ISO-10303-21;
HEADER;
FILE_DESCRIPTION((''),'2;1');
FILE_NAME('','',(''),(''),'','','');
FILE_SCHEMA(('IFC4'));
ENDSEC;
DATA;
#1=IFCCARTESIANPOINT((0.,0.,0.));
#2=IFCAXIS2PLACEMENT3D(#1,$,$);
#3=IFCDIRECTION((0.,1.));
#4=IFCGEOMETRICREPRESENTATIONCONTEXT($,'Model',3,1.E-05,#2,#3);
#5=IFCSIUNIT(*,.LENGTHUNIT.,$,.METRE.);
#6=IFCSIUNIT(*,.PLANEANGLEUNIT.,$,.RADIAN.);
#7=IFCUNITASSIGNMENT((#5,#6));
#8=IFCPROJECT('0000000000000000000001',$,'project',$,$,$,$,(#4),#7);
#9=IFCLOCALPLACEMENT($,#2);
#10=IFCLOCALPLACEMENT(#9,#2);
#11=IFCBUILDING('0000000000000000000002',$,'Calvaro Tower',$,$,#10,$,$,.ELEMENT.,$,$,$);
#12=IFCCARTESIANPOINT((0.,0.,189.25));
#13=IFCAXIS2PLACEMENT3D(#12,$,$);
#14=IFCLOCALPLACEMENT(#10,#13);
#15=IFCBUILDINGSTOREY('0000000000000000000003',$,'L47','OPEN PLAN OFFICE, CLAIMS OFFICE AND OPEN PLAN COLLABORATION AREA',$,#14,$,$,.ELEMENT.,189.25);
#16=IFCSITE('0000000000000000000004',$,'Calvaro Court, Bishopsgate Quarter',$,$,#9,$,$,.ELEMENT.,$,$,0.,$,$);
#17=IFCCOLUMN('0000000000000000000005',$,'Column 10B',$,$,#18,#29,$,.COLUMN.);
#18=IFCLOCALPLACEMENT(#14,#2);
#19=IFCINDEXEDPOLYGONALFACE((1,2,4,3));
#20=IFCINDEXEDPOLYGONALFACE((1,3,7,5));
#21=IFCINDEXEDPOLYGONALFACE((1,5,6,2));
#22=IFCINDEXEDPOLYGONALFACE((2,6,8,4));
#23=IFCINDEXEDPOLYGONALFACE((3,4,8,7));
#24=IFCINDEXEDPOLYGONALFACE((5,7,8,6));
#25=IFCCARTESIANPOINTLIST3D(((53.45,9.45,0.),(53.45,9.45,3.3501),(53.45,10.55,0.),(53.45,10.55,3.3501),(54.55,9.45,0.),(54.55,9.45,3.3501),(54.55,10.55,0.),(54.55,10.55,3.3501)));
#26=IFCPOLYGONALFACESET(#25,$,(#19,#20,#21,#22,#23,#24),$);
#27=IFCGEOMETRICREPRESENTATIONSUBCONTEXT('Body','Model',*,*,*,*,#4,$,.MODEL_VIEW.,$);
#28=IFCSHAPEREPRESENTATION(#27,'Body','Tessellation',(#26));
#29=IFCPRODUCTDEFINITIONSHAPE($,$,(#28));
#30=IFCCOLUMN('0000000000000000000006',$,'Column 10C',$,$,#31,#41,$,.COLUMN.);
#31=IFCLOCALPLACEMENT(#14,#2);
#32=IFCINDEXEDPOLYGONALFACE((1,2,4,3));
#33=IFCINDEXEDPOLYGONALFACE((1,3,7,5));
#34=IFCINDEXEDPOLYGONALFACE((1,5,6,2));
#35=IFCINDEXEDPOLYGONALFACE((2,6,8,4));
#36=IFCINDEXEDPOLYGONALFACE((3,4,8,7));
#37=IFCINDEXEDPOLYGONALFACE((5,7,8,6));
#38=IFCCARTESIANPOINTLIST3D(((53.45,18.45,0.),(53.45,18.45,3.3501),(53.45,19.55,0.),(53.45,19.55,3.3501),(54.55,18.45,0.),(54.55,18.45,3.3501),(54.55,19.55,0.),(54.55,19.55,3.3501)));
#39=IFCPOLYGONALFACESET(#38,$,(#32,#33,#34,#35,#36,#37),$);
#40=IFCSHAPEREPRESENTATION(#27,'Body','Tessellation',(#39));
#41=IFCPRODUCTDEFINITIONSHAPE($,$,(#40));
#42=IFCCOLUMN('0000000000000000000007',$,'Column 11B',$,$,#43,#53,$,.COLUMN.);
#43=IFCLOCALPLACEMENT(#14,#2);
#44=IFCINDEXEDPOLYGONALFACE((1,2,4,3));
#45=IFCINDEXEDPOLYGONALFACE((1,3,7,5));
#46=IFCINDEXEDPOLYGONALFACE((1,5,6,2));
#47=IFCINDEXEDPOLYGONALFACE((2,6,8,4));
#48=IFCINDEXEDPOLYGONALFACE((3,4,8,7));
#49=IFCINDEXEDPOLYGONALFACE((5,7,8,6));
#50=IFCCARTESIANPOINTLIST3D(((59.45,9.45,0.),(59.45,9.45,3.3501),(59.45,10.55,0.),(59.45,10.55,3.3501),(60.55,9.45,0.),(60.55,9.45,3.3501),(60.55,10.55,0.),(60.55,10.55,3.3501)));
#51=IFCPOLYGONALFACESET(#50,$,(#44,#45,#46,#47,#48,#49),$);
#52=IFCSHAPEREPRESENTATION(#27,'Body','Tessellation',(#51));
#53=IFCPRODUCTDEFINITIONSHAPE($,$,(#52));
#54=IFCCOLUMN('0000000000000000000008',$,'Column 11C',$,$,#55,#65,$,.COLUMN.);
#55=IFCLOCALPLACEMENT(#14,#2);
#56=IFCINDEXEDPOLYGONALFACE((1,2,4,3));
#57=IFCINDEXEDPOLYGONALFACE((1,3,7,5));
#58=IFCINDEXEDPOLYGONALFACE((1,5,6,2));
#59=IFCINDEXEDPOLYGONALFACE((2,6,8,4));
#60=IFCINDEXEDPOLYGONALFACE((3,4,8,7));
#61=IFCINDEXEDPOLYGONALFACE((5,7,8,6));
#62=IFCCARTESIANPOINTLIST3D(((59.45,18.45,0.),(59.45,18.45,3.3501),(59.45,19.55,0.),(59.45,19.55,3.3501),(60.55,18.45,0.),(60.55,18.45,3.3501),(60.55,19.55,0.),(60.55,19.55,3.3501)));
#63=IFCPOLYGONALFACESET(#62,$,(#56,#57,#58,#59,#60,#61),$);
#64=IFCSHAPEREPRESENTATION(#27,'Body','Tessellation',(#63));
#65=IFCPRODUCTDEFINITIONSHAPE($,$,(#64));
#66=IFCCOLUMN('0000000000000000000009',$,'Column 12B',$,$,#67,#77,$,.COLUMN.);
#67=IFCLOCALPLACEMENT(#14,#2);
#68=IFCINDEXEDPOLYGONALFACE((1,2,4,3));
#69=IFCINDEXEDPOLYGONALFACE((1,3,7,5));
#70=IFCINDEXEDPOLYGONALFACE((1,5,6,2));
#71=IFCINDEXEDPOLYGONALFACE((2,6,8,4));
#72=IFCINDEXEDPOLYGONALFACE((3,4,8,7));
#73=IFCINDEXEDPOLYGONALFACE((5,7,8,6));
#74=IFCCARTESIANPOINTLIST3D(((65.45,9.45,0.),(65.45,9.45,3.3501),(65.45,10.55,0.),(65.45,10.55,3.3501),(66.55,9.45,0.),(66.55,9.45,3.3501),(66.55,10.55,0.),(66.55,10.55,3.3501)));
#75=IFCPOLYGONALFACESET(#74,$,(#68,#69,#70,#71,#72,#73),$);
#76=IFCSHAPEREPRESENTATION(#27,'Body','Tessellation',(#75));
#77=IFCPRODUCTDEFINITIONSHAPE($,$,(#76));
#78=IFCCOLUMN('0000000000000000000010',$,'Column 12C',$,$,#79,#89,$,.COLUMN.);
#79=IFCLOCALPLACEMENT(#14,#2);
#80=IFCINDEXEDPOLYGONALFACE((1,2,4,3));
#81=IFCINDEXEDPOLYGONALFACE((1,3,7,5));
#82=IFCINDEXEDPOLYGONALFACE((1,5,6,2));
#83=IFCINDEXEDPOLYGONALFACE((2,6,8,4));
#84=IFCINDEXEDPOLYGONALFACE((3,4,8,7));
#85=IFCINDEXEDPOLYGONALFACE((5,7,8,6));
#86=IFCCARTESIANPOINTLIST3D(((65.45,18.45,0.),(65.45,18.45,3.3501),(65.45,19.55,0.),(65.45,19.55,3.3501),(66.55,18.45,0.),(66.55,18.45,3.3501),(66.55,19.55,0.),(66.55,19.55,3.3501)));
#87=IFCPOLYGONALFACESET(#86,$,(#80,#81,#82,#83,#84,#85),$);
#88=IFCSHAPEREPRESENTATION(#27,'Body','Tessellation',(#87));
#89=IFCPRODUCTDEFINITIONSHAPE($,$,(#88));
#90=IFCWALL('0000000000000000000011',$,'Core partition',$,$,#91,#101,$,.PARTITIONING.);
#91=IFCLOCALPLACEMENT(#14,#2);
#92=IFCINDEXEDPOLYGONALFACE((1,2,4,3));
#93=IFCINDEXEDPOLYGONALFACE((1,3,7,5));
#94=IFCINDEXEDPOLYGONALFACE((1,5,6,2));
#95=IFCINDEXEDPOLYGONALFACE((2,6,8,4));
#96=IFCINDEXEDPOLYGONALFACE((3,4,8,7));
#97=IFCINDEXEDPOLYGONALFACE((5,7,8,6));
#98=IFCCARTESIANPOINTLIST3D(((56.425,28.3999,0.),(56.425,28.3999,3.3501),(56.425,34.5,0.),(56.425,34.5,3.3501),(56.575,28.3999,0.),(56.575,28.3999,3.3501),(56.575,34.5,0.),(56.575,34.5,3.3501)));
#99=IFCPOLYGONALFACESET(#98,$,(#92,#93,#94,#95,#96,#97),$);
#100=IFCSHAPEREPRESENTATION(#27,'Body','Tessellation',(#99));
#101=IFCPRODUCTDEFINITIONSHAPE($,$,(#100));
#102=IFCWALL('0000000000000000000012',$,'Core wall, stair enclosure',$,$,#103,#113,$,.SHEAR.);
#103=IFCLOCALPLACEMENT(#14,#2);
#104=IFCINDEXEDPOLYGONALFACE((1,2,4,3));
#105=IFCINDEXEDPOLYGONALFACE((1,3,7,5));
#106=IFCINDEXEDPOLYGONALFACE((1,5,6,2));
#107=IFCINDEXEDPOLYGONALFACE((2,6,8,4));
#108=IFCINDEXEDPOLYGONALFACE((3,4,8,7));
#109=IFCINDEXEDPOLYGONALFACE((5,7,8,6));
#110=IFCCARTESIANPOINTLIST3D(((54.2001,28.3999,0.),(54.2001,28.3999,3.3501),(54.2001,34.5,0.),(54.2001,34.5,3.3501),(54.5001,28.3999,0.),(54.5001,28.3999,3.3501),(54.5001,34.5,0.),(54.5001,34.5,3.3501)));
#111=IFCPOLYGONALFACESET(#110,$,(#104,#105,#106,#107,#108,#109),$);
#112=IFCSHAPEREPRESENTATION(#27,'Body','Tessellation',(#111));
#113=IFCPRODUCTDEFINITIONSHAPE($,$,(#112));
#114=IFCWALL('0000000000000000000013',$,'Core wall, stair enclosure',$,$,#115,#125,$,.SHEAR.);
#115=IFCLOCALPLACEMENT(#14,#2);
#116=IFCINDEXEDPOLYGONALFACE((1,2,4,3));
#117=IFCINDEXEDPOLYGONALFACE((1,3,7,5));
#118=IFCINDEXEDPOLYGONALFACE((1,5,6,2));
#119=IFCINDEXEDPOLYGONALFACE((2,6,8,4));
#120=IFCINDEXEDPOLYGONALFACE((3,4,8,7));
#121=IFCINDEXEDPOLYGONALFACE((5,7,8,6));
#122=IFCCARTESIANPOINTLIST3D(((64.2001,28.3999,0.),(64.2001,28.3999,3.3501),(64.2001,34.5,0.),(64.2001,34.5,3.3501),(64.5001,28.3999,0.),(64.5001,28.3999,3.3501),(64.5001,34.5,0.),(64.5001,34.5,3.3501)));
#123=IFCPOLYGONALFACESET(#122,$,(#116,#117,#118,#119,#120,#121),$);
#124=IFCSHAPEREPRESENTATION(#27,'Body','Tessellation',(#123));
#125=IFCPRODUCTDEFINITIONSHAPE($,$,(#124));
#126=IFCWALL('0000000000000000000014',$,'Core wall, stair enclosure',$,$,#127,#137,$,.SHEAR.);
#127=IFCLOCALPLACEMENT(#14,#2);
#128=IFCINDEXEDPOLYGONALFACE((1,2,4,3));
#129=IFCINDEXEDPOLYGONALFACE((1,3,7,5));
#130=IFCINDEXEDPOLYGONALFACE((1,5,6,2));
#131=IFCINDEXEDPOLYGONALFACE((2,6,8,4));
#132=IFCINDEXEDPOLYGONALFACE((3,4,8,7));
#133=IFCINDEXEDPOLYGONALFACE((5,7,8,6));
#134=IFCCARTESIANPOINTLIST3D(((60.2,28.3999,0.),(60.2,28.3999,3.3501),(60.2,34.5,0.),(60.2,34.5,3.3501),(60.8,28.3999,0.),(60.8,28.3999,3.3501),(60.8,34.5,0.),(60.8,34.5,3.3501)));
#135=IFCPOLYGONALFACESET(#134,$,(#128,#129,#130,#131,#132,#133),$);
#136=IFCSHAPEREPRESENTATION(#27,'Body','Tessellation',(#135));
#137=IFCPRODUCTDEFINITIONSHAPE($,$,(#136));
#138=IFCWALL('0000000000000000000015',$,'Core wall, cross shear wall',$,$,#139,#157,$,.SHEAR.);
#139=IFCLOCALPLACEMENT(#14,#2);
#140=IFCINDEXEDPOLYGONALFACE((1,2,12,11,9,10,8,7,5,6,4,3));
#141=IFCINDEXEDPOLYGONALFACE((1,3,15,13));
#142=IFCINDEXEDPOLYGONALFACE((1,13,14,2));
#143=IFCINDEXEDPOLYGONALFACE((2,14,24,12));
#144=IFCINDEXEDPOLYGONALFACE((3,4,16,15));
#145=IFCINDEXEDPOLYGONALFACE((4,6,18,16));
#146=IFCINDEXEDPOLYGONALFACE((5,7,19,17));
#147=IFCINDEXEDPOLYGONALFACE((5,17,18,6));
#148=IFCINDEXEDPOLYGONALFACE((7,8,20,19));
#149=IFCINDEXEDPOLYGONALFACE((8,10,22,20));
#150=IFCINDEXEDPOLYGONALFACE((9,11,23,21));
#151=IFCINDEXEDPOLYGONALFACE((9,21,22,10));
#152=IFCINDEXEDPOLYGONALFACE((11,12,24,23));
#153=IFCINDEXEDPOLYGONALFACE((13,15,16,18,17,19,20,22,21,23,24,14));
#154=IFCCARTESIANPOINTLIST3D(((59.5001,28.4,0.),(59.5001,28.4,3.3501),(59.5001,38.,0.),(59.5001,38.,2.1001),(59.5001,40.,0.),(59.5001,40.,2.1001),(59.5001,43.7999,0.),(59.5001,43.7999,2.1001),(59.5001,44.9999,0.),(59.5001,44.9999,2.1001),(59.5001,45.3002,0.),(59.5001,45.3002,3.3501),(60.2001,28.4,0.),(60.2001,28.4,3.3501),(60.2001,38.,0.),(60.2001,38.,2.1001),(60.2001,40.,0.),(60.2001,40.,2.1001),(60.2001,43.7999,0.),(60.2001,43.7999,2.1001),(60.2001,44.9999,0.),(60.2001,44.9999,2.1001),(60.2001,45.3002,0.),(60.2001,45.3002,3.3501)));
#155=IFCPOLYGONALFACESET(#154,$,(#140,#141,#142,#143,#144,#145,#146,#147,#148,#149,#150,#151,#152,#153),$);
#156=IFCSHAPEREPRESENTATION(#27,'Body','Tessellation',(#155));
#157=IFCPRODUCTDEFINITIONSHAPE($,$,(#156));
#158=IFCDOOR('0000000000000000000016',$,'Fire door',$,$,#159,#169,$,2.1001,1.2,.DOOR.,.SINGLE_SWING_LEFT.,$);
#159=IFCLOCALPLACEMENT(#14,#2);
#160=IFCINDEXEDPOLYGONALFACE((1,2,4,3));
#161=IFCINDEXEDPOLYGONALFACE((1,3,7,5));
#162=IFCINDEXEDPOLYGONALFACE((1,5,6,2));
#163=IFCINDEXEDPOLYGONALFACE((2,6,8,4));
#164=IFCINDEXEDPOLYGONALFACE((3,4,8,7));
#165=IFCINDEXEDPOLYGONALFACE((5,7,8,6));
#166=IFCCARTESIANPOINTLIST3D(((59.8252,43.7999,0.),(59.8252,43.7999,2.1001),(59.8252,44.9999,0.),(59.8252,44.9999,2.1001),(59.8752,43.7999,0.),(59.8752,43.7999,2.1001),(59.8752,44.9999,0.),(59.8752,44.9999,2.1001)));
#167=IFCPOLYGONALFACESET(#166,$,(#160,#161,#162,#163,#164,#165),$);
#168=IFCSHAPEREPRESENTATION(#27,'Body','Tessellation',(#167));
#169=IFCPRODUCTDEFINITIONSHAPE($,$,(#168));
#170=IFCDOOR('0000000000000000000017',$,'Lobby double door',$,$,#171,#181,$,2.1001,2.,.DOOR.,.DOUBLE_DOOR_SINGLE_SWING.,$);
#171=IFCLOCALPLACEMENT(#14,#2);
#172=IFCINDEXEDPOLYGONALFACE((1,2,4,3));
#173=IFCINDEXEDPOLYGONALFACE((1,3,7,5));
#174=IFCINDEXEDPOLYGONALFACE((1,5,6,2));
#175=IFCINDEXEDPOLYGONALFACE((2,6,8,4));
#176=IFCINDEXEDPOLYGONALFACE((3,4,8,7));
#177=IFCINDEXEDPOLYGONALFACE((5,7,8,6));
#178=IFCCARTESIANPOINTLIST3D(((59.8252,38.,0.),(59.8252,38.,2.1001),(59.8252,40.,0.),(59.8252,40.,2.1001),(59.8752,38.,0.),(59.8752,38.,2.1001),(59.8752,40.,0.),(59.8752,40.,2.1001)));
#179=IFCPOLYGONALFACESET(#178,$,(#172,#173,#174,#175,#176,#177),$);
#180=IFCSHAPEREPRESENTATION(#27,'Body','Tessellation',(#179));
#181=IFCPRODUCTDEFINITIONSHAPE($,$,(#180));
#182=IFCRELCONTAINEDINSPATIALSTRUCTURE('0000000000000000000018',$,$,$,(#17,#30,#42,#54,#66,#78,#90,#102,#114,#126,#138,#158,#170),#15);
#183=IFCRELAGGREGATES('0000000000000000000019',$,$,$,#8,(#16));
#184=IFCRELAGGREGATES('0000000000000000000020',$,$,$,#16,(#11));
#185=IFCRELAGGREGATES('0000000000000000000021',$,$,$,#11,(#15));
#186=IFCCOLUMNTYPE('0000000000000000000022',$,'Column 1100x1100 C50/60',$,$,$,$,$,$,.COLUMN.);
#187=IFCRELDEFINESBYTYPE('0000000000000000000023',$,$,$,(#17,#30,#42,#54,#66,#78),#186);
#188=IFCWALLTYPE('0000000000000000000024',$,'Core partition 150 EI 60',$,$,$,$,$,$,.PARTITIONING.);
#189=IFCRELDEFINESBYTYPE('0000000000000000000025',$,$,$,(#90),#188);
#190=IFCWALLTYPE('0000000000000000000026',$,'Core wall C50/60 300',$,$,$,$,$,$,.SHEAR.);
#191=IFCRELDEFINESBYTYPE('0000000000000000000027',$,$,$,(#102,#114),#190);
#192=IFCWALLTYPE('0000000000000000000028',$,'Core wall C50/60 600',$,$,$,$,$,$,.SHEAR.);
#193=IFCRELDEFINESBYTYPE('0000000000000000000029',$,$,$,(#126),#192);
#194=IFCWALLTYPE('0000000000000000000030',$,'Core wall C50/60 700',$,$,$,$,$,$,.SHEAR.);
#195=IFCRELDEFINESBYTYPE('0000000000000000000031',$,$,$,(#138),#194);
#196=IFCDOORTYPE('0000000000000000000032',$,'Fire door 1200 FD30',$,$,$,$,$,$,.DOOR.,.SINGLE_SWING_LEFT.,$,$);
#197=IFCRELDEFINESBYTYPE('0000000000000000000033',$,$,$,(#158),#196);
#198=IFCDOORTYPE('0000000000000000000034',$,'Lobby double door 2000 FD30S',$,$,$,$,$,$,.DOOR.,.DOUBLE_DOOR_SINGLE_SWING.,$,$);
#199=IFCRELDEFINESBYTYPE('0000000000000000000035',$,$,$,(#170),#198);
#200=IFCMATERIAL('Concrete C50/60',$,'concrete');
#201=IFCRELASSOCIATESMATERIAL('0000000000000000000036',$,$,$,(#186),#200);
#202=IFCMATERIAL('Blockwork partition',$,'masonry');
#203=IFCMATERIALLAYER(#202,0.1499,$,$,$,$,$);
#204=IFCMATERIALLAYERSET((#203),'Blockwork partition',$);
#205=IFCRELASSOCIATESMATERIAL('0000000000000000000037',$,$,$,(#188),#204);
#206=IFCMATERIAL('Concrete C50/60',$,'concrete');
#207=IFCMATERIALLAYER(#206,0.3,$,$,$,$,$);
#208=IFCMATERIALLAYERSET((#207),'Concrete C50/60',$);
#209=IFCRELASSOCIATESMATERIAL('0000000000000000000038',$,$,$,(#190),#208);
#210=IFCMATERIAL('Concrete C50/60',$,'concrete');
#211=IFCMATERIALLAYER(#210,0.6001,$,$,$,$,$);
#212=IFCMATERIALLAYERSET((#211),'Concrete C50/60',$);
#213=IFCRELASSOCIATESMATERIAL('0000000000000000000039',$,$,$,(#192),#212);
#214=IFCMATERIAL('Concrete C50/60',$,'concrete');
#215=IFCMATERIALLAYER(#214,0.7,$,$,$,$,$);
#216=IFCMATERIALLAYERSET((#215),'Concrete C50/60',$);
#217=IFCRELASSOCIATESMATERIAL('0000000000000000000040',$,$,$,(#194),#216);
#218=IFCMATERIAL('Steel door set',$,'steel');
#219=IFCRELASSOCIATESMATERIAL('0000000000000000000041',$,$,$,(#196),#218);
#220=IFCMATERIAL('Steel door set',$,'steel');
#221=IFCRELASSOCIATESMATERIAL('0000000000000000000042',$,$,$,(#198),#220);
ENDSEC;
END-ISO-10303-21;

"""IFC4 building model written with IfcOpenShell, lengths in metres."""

from ifc_helpers import new_model, si_unit, direction, frame, frame_2d, origin, origin_2d, place, context, subcontext, project, spatial, rectangle, extrude, material, layer, layer_set, material_profile, profile_set, type_object, element, fill, save


model = new_model("IFC4")

# Units and contexts
model_context = context("Model", 3, precision=1e-05, world=origin(), true_north=direction((0.0, 1.0)))
body_context = subcontext(model_context, "Body", "Model", "MODEL_VIEW")
ifc_project = project(units=[si_unit("LENGTHUNIT", "METRE"), si_unit("PLANEANGLEUNIT", "RADIAN")], contexts=[model_context])

# Site, building, storey
site_placement = place(None, origin())
site = spatial("IfcSite", under=ifc_project, at=site_placement, Name="Calvaro Court, Bishopsgate Quarter", CompositionType="ELEMENT", RefElevation=0.0)
building_placement = place(site_placement, origin())
building = spatial("IfcBuilding", under=site, at=building_placement, Name="Calvaro Tower", CompositionType="ELEMENT")
storey_placement = place(building_placement, frame((0.0, 0.0, 189.25)))
storey = spatial("IfcBuildingStorey", under=building, at=storey_placement, Name="L47", Description="OPEN PLAN OFFICE, CLAIMS OFFICE AND OPEN PLAN COLLABORATION AREA", CompositionType="ELEMENT", Elevation=189.25)

# Columns
ifc_material_1 = material(Name="Concrete C50/60", Category="concrete")
ifc_material_profile = material_profile(ifc_material_1, rectangle(XDim=1.1001, YDim=1.1001, at=origin_2d()), Name="RC 1100x1100")
ifc_profile_set = profile_set([ifc_material_profile], Name="Concrete C50/60")
column_type = type_object("IfcColumnType", Name="Column 1100x1100 C50/60", PredefinedType="COLUMN", material=ifc_profile_set)
for number, where, z_axis, x_axis, name in (
    (1, (54.0, 10.0, 0.0), (0.0, 0.0, 1.0), (1.0, 0.0, 0.0), "Column 10B"),
    (2, (54.0, 19.0, 0.0), (0.0, 0.0, 1.0), (1.0, 0.0, 0.0), "Column 10C"),
    (3, (60.0, 10.0, 0.0), (0.0, 0.0, 1.0), (1.0, 0.0, 0.0), "Column 11B"),
    (4, (60.0, 19.0, 0.0), (0.0, 0.0, 1.0), (1.0, 0.0, 0.0), "Column 11C"),
    (5, (66.0, 10.0, 0.0), (0.0, 0.0, 1.0), (1.0, 0.0, 0.0), "Column 12B"),
    (6, (66.0, 19.0, 0.0), (0.0, 0.0, 1.0), (1.0, 0.0, 0.0), "Column 12C"),
):
    element("IfcColumn", number, at=place(storey_placement, frame(where, z_axis=z_axis, x_axis=x_axis)), inside=storey, type_object=column_type, Name=name, PredefinedType="COLUMN", context=body_context, shape_type="SweptSolid", body=[
        extrude(rectangle(XDim=1.1001, YDim=1.1001, at=origin_2d()), origin(), (0.0, 0.0, 1.0), 3.3501),
    ])

# Walls
ifc_material_2 = material(Name="Blockwork partition", Category="masonry")
ifc_layer_1 = layer(ifc_material_2, 0.1499)
ifc_layer_set_1 = layer_set([ifc_layer_1], Name="Blockwork partition")
wall_type_1 = type_object("IfcWallType", Name="Core partition 150 EI 60", PredefinedType="PARTITIONING", material=ifc_layer_set_1)
wall_1_placement = place(storey_placement, frame((56.5, 28.3999, 0.0), z_axis=(0.0, 0.0, 1.0), x_axis=(0.0, 1.0, 0.0)))
element("IfcWall", 7, at=wall_1_placement, inside=storey, type_object=wall_type_1, Name="Core partition", PredefinedType="PARTITIONING", context=body_context, shape_type="SweptSolid", body=[
    extrude(rectangle(XDim=6.1001, YDim=0.1499, at=frame_2d((3.05, 0.0))), origin(), (0.0, 0.0, 1.0), 3.3501),
])
ifc_material_3 = material(Name="Concrete C50/60", Category="concrete")
ifc_layer_2 = layer(ifc_material_3, 0.3)
ifc_layer_set_2 = layer_set([ifc_layer_2], Name="Concrete C50/60")
wall_type_2 = type_object("IfcWallType", Name="Core wall C50/60 300", PredefinedType="SHEAR", material=ifc_layer_set_2)
for number, where, z_axis, x_axis, name in (
    (8, (54.3501, 28.3999, 0.0), (0.0, 0.0, 1.0), (0.0, 1.0, 0.0), "Core wall, stair enclosure"),
    (9, (64.3501, 28.3999, 0.0), (0.0, 0.0, 1.0), (0.0, 1.0, 0.0), "Core wall, stair enclosure"),
):
    element("IfcWall", number, at=place(storey_placement, frame(where, z_axis=z_axis, x_axis=x_axis)), inside=storey, type_object=wall_type_2, Name=name, PredefinedType="SHEAR", context=body_context, shape_type="SweptSolid", body=[
        extrude(rectangle(XDim=6.1001, YDim=0.3, at=frame_2d((3.05, 0.0))), origin(), (0.0, 0.0, 1.0), 3.3501),
    ])
ifc_material_4 = material(Name="Concrete C50/60", Category="concrete")
ifc_layer_3 = layer(ifc_material_4, 0.6001)
ifc_layer_set_3 = layer_set([ifc_layer_3], Name="Concrete C50/60")
wall_type_3 = type_object("IfcWallType", Name="Core wall C50/60 600", PredefinedType="SHEAR", material=ifc_layer_set_3)
wall_2_placement = place(storey_placement, frame((60.5, 28.3999, 0.0), z_axis=(0.0, 0.0, 1.0), x_axis=(0.0, 1.0, 0.0)))
element("IfcWall", 10, at=wall_2_placement, inside=storey, type_object=wall_type_3, Name="Core wall, stair enclosure", PredefinedType="SHEAR", context=body_context, shape_type="SweptSolid", body=[
    extrude(rectangle(XDim=6.1001, YDim=0.6001, at=frame_2d((3.05, 0.0))), origin(), (0.0, 0.0, 1.0), 3.3501),
])

# Wall, openings, doors
ifc_material_5 = material(Name="Concrete C50/60", Category="concrete")
ifc_layer_4 = layer(ifc_material_5, 0.7)
ifc_layer_set_4 = layer_set([ifc_layer_4], Name="Concrete C50/60")
wall_type_4 = type_object("IfcWallType", Name="Core wall C50/60 700", PredefinedType="SHEAR", material=ifc_layer_set_4)
wall_3_placement = place(storey_placement, frame((59.8501, 28.3999, 0.0), z_axis=(0.0, 0.0, 1.0), x_axis=(0.0, 1.0, 0.0)))
wall_3 = element("IfcWall", 11, at=wall_3_placement, inside=storey, type_object=wall_type_4, Name="Core wall, cross shear wall", PredefinedType="SHEAR", context=body_context, shape_type="SweptSolid", body=[
    extrude(rectangle(XDim=16.9001, YDim=0.7, at=frame_2d((8.4502, 0.0))), origin(), (0.0, 0.0, 1.0), 3.3501),
])
opening_1_placement = place(wall_3_placement, frame((9.6001, 0.0, 0.0)))
opening_1 = element("IfcOpeningElement", 12, at=opening_1_placement, cuts=wall_3, PredefinedType="OPENING", context=body_context, shape_type="SweptSolid", body=[
    extrude(rectangle(XDim=2.0, YDim=2.1001, at=frame_2d((1.0, 1.05))), frame((0.0, 0.3599, 0.0), z_axis=(0.0, -1.0, 0.0), x_axis=(1.0, 0.0, 0.0)), (0.0, 0.0, 1.0), 0.72),
])
opening_2_placement = place(wall_3_placement, frame((15.3999, 0.0, 0.0)))
opening_2 = element("IfcOpeningElement", 13, at=opening_2_placement, cuts=wall_3, PredefinedType="OPENING", context=body_context, shape_type="SweptSolid", body=[
    extrude(rectangle(XDim=1.2, YDim=2.1001, at=frame_2d((0.6001, 1.05))), frame((0.0, 0.3599, 0.0), z_axis=(0.0, -1.0, 0.0), x_axis=(1.0, 0.0, 0.0)), (0.0, 0.0, 1.0), 0.72),
])
ifc_material_6 = material(Name="Steel door set", Category="steel")
door_type_1 = type_object("IfcDoorType", Name="Fire door 1200 FD30", OperationType="SINGLE_SWING_LEFT", PredefinedType="DOOR", material=ifc_material_6)
door_1_placement = place(opening_2_placement, origin())
door_1 = element("IfcDoor", 14, at=door_1_placement, inside=storey, type_object=door_type_1, Name="Fire door", OperationType="SINGLE_SWING_LEFT", OverallHeight=2.1001, OverallWidth=1.2, PredefinedType="DOOR", context=body_context, shape_type="SweptSolid", body=[
    extrude(rectangle(XDim=1.2, YDim=2.1001, at=frame_2d((0.6001, 1.05))), frame((0.0, 0.0249, 0.0), z_axis=(0.0, -1.0, 0.0), x_axis=(1.0, 0.0, 0.0)), (0.0, 0.0, 1.0), 0.05),
])
fill(opening_2, door_1)
ifc_material_7 = material(Name="Steel door set", Category="steel")
door_type_2 = type_object("IfcDoorType", Name="Lobby double door 2000 FD30S", OperationType="DOUBLE_DOOR_SINGLE_SWING", PredefinedType="DOOR", material=ifc_material_7)
door_2_placement = place(opening_1_placement, origin())
door_2 = element("IfcDoor", 15, at=door_2_placement, inside=storey, type_object=door_type_2, Name="Lobby double door", OperationType="DOUBLE_DOOR_SINGLE_SWING", OverallHeight=2.1001, OverallWidth=2.0, PredefinedType="DOOR", context=body_context, shape_type="SweptSolid", body=[
    extrude(rectangle(XDim=2.0, YDim=2.1001, at=frame_2d((1.0, 1.05))), frame((0.0, 0.0249, 0.0), z_axis=(0.0, -1.0, 0.0), x_axis=(1.0, 0.0, 0.0)), (0.0, 0.0, 1.0), 0.05),
])
fill(opening_1, door_2)

save(model, "model.ifc")
